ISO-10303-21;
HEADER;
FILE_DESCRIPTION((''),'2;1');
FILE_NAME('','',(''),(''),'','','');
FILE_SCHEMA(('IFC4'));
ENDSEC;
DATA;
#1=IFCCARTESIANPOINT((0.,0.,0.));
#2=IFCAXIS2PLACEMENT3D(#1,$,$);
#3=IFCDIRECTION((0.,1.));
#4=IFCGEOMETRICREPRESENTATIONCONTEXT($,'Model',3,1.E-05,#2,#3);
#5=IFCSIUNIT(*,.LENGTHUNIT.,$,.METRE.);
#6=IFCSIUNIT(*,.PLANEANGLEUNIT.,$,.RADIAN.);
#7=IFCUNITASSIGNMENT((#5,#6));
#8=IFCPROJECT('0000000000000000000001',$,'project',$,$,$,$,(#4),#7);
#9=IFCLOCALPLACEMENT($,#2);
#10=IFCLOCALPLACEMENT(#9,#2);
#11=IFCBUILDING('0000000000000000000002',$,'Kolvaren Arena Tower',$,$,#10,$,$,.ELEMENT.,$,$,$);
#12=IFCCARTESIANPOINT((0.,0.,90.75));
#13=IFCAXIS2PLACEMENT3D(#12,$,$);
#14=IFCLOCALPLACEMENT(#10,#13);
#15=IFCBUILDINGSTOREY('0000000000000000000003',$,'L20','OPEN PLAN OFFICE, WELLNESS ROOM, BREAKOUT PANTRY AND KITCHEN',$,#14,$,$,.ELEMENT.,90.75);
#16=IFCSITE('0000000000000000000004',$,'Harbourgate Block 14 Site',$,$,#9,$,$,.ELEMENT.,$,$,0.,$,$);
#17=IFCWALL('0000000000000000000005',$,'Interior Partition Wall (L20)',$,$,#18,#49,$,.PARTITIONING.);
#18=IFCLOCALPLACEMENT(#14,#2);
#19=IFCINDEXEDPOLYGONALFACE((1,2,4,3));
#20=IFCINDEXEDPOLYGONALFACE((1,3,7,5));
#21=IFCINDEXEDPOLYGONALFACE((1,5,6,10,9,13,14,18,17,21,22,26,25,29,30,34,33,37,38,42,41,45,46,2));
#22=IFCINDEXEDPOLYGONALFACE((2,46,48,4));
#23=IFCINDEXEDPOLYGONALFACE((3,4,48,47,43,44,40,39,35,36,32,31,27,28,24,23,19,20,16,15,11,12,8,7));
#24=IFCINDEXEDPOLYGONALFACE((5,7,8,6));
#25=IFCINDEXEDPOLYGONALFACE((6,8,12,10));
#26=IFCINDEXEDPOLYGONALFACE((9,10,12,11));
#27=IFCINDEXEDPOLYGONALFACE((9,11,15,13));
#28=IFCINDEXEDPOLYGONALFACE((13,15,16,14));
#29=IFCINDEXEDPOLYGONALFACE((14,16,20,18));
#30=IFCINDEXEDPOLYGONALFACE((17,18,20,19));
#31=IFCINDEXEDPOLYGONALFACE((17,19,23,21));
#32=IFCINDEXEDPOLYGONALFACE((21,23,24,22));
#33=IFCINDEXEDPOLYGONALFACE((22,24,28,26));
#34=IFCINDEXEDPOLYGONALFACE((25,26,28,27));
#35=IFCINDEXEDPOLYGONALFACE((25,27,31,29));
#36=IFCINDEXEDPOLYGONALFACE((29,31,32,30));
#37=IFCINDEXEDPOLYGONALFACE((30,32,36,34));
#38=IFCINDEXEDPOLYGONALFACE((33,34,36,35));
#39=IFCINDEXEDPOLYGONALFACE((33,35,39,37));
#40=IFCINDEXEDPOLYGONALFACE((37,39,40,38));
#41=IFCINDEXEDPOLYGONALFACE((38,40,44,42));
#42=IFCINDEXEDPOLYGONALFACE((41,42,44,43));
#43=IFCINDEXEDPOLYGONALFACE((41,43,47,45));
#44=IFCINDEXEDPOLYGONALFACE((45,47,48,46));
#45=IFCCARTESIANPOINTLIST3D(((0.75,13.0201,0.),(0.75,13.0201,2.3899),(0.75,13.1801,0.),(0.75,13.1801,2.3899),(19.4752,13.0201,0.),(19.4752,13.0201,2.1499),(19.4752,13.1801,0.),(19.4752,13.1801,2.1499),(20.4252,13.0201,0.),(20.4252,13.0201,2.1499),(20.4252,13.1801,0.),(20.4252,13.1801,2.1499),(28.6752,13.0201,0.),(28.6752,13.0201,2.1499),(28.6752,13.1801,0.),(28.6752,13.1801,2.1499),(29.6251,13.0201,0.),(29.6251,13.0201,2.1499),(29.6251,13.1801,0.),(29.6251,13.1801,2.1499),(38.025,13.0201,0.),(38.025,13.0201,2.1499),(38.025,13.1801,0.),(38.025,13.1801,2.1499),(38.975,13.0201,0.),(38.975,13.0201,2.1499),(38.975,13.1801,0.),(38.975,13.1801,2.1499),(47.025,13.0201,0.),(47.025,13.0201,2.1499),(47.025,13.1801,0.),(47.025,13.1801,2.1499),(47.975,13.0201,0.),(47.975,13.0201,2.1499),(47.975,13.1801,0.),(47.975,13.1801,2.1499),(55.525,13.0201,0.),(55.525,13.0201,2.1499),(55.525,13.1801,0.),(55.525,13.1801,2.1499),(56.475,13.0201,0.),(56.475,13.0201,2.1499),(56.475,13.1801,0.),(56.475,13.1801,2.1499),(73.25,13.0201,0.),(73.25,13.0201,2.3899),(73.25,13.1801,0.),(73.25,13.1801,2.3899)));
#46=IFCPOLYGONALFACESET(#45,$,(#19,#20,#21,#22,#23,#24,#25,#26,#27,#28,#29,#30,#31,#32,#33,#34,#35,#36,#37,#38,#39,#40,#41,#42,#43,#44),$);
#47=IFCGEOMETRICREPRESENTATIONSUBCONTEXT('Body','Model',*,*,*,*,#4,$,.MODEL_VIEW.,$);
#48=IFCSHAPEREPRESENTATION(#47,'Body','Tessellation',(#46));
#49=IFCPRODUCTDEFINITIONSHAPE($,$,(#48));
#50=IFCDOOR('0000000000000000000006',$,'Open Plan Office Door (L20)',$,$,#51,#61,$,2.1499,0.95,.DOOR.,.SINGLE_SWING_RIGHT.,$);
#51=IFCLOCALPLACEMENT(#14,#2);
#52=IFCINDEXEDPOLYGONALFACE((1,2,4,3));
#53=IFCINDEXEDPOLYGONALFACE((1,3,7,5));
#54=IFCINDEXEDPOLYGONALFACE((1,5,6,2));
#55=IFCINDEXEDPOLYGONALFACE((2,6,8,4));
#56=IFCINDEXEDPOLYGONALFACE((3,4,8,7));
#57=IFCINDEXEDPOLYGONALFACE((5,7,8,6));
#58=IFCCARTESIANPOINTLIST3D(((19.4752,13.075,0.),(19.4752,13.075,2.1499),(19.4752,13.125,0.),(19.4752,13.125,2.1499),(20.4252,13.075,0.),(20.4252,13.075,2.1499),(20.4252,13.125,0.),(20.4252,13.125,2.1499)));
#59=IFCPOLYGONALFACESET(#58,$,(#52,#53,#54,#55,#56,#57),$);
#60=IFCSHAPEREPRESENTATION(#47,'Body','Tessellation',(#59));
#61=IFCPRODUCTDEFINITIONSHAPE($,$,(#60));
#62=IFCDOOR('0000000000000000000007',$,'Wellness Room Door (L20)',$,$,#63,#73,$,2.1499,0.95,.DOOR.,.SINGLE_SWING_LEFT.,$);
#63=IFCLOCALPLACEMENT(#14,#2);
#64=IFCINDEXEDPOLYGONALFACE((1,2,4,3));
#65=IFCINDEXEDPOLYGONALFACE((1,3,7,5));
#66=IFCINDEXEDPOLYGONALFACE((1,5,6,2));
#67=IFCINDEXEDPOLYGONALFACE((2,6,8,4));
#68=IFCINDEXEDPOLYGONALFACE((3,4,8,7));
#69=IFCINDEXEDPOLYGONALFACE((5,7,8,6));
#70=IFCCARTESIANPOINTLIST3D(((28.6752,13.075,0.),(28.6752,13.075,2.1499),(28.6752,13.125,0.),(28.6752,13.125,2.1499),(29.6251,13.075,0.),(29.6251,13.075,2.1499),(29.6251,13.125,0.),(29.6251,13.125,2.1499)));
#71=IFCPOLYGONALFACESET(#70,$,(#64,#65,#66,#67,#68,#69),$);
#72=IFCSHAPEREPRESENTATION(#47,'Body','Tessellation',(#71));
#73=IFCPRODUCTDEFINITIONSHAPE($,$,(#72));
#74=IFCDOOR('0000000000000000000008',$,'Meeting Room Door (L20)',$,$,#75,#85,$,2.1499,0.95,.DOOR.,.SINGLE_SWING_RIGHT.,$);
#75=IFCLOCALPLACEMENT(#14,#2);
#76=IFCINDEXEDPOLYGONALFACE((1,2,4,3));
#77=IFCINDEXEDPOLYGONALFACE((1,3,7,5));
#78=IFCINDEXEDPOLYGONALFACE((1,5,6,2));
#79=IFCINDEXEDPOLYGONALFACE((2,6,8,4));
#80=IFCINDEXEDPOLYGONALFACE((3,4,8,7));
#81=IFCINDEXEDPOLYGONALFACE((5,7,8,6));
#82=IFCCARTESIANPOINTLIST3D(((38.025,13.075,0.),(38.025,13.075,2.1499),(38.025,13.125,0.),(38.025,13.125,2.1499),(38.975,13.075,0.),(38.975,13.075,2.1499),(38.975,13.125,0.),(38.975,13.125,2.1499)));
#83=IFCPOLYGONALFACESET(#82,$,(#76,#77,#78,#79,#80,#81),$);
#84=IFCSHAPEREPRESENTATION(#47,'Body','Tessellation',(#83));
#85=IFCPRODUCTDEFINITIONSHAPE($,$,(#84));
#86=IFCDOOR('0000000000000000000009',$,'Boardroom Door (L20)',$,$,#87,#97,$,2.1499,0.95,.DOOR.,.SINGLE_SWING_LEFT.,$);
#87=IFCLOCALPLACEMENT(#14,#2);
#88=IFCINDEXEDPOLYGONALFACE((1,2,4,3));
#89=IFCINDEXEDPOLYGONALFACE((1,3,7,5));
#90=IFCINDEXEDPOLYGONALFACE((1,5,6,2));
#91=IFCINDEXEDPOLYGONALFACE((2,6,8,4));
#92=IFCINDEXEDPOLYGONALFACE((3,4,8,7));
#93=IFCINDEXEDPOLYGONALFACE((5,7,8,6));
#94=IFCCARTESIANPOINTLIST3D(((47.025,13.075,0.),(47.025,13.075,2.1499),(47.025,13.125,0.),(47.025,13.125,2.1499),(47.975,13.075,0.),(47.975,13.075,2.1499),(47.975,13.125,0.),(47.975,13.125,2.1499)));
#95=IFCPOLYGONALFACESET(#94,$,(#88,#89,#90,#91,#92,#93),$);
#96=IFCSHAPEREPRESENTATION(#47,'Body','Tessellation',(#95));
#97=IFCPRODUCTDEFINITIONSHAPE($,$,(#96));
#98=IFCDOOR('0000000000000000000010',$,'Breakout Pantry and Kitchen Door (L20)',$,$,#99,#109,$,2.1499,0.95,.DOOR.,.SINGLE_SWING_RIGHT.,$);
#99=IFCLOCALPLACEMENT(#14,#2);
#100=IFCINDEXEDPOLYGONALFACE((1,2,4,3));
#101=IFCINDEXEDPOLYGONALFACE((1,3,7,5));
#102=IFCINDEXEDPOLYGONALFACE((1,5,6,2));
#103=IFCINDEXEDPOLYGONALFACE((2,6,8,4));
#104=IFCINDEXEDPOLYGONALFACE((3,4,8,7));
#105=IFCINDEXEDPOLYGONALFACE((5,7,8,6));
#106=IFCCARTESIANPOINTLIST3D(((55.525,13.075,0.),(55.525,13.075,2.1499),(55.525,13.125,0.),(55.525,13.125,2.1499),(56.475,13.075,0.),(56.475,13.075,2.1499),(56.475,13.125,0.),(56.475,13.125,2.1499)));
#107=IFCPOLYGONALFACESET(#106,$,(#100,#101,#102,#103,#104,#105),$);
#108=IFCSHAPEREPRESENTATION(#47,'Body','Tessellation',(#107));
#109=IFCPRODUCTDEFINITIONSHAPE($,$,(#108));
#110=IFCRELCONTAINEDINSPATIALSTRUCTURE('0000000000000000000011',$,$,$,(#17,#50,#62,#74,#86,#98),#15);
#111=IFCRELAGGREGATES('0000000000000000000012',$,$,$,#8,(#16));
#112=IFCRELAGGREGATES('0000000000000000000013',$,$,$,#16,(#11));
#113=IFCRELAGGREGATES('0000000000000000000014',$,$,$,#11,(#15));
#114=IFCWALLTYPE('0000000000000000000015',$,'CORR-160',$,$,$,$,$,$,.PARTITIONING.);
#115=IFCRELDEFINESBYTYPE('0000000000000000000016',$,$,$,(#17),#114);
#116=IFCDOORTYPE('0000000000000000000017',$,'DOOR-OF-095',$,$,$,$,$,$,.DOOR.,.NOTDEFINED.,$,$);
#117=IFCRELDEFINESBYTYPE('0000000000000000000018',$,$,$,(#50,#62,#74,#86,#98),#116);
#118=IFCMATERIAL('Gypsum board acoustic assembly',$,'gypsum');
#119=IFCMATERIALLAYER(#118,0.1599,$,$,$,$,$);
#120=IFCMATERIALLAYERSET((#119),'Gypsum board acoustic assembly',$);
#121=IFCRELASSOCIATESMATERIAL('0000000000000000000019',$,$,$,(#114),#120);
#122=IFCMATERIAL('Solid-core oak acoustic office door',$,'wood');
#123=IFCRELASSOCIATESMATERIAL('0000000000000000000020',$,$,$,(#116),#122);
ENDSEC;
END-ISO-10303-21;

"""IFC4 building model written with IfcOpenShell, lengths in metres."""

from ifc_helpers import new_model, si_unit, direction, frame, frame_2d, origin, place, context, subcontext, project, spatial, rectangle, extrude, material, layer, layer_set, type_object, element, fill, save


model = new_model("IFC4")

# Units and contexts
model_context = context("Model", 3, precision=1e-05, world=origin(), true_north=direction((0.0, 1.0)))
body_context = subcontext(model_context, "Body", "Model", "MODEL_VIEW")
ifc_project = project(units=[si_unit("LENGTHUNIT", "METRE"), si_unit("PLANEANGLEUNIT", "RADIAN")], contexts=[model_context])

# Site, building, storey
site_placement = place(None, origin())
site = spatial("IfcSite", under=ifc_project, at=site_placement, Name="Harbourgate Block 14 Site", CompositionType="ELEMENT", RefElevation=0.0)
building_placement = place(site_placement, origin())
building = spatial("IfcBuilding", under=site, at=building_placement, Name="Kolvaren Arena Tower", CompositionType="ELEMENT")
storey_placement = place(building_placement, frame((0.0, 0.0, 90.75)))
storey = spatial("IfcBuildingStorey", under=building, at=storey_placement, Name="L20", Description="OPEN PLAN OFFICE, WELLNESS ROOM, BREAKOUT PANTRY AND KITCHEN", CompositionType="ELEMENT", Elevation=90.75)

# Wall, openings, doors
ifc_material_1 = material(Name="Gypsum board acoustic assembly", Category="gypsum")
ifc_layer = layer(ifc_material_1, 0.1599)
ifc_layer_set = layer_set([ifc_layer], Name="Gypsum board acoustic assembly")
wall_type = type_object("IfcWallType", Name="CORR-160", PredefinedType="PARTITIONING", material=ifc_layer_set)
wall_1_placement = place(storey_placement, frame((0.75, 13.1001, 0.0), z_axis=(0.0, 0.0, 1.0), x_axis=(1.0, 0.0, 0.0)))
wall_1 = element("IfcWall", 1, at=wall_1_placement, inside=storey, type_object=wall_type, Name="Interior Partition Wall (L20)", PredefinedType="PARTITIONING", context=body_context, shape_type="SweptSolid", body=[
    extrude(rectangle(XDim=72.5, YDim=0.1599, at=frame_2d((36.25, 0.0))), origin(), (0.0, 0.0, 1.0), 2.3899),
])
opening_1_placement = place(wall_1_placement, frame((18.7251, 0.0, 0.0)))
opening_1 = element("IfcOpeningElement", 2, at=opening_1_placement, cuts=wall_1, PredefinedType="OPENING", context=body_context, shape_type="SweptSolid", body=[
    extrude(rectangle(XDim=0.95, YDim=2.1499, at=frame_2d((0.4751, 1.075))), frame((0.0, 0.0898, 0.0), z_axis=(0.0, -1.0, 0.0), x_axis=(1.0, 0.0, 0.0)), (0.0, 0.0, 1.0), 0.1799),
])
opening_2_placement = place(wall_1_placement, frame((27.925, 0.0, 0.0)))
opening_2 = element("IfcOpeningElement", 3, at=opening_2_placement, cuts=wall_1, PredefinedType="OPENING", context=body_context, shape_type="SweptSolid", body=[
    extrude(rectangle(XDim=0.95, YDim=2.1499, at=frame_2d((0.4751, 1.075))), frame((0.0, 0.0898, 0.0), z_axis=(0.0, -1.0, 0.0), x_axis=(1.0, 0.0, 0.0)), (0.0, 0.0, 1.0), 0.1799),
])
opening_3_placement = place(wall_1_placement, frame((37.2749, 0.0, 0.0)))
opening_3 = element("IfcOpeningElement", 4, at=opening_3_placement, cuts=wall_1, PredefinedType="OPENING", context=body_context, shape_type="SweptSolid", body=[
    extrude(rectangle(XDim=0.95, YDim=2.1499, at=frame_2d((0.4751, 1.075))), frame((0.0, 0.0898, 0.0), z_axis=(0.0, -1.0, 0.0), x_axis=(1.0, 0.0, 0.0)), (0.0, 0.0, 1.0), 0.1799),
])
opening_4_placement = place(wall_1_placement, frame((46.2749, 0.0, 0.0)))
opening_4 = element("IfcOpeningElement", 5, at=opening_4_placement, cuts=wall_1, PredefinedType="OPENING", context=body_context, shape_type="SweptSolid", body=[
    extrude(rectangle(XDim=0.95, YDim=2.1499, at=frame_2d((0.4751, 1.075))), frame((0.0, 0.0898, 0.0), z_axis=(0.0, -1.0, 0.0), x_axis=(1.0, 0.0, 0.0)), (0.0, 0.0, 1.0), 0.1799),
])
opening_5_placement = place(wall_1_placement, frame((54.7749, 0.0, 0.0)))
opening_5 = element("IfcOpeningElement", 6, at=opening_5_placement, cuts=wall_1, PredefinedType="OPENING", context=body_context, shape_type="SweptSolid", body=[
    extrude(rectangle(XDim=0.95, YDim=2.1499, at=frame_2d((0.4751, 1.075))), frame((0.0, 0.0898, 0.0), z_axis=(0.0, -1.0, 0.0), x_axis=(1.0, 0.0, 0.0)), (0.0, 0.0, 1.0), 0.1799),
])
ifc_material_2 = material(Name="Solid-core oak acoustic office door", Category="wood")
door_type = type_object("IfcDoorType", Name="DOOR-OF-095", OperationType="NOTDEFINED", PredefinedType="DOOR", material=ifc_material_2)
door_1_placement = place(opening_1_placement, origin())
door_1 = element("IfcDoor", 7, at=door_1_placement, inside=storey, type_object=door_type, Name="Open Plan Office Door (L20)", OperationType="SINGLE_SWING_RIGHT", OverallHeight=2.1499, OverallWidth=0.95, PredefinedType="DOOR", context=body_context, shape_type="SweptSolid", body=[
    extrude(rectangle(XDim=0.95, YDim=2.1499, at=frame_2d((0.4751, 1.075))), frame((0.0, 0.0249, 0.0), z_axis=(0.0, -1.0, 0.0), x_axis=(1.0, 0.0, 0.0)), (0.0, 0.0, 1.0), 0.05),
])
fill(opening_1, door_1)
door_2_placement = place(opening_2_placement, origin())
door_2 = element("IfcDoor", 8, at=door_2_placement, inside=storey, type_object=door_type, Name="Wellness Room Door (L20)", OperationType="SINGLE_SWING_LEFT", OverallHeight=2.1499, OverallWidth=0.95, PredefinedType="DOOR", context=body_context, shape_type="SweptSolid", body=[
    extrude(rectangle(XDim=0.95, YDim=2.1499, at=frame_2d((0.4751, 1.075))), frame((0.0, 0.0249, 0.0), z_axis=(0.0, -1.0, 0.0), x_axis=(1.0, 0.0, 0.0)), (0.0, 0.0, 1.0), 0.05),
])
fill(opening_2, door_2)
door_3_placement = place(opening_3_placement, origin())
door_3 = element("IfcDoor", 9, at=door_3_placement, inside=storey, type_object=door_type, Name="Meeting Room Door (L20)", OperationType="SINGLE_SWING_RIGHT", OverallHeight=2.1499, OverallWidth=0.95, PredefinedType="DOOR", context=body_context, shape_type="SweptSolid", body=[
    extrude(rectangle(XDim=0.95, YDim=2.1499, at=frame_2d((0.4751, 1.075))), frame((0.0, 0.0249, 0.0), z_axis=(0.0, -1.0, 0.0), x_axis=(1.0, 0.0, 0.0)), (0.0, 0.0, 1.0), 0.05),
])
fill(opening_3, door_3)
door_4_placement = place(opening_4_placement, origin())
door_4 = element("IfcDoor", 10, at=door_4_placement, inside=storey, type_object=door_type, Name="Boardroom Door (L20)", OperationType="SINGLE_SWING_LEFT", OverallHeight=2.1499, OverallWidth=0.95, PredefinedType="DOOR", context=body_context, shape_type="SweptSolid", body=[
    extrude(rectangle(XDim=0.95, YDim=2.1499, at=frame_2d((0.4751, 1.075))), frame((0.0, 0.0249, 0.0), z_axis=(0.0, -1.0, 0.0), x_axis=(1.0, 0.0, 0.0)), (0.0, 0.0, 1.0), 0.05),
])
fill(opening_4, door_4)
door_5_placement = place(opening_5_placement, origin())
door_5 = element("IfcDoor", 11, at=door_5_placement, inside=storey, type_object=door_type, Name="Breakout Pantry and Kitchen Door (L20)", OperationType="SINGLE_SWING_RIGHT", OverallHeight=2.1499, OverallWidth=0.95, PredefinedType="DOOR", context=body_context, shape_type="SweptSolid", body=[
    extrude(rectangle(XDim=0.95, YDim=2.1499, at=frame_2d((0.4751, 1.075))), frame((0.0, 0.0249, 0.0), z_axis=(0.0, -1.0, 0.0), x_axis=(1.0, 0.0, 0.0)), (0.0, 0.0, 1.0), 0.05),
])
fill(opening_5, door_5)

save(model, "model.ifc")
